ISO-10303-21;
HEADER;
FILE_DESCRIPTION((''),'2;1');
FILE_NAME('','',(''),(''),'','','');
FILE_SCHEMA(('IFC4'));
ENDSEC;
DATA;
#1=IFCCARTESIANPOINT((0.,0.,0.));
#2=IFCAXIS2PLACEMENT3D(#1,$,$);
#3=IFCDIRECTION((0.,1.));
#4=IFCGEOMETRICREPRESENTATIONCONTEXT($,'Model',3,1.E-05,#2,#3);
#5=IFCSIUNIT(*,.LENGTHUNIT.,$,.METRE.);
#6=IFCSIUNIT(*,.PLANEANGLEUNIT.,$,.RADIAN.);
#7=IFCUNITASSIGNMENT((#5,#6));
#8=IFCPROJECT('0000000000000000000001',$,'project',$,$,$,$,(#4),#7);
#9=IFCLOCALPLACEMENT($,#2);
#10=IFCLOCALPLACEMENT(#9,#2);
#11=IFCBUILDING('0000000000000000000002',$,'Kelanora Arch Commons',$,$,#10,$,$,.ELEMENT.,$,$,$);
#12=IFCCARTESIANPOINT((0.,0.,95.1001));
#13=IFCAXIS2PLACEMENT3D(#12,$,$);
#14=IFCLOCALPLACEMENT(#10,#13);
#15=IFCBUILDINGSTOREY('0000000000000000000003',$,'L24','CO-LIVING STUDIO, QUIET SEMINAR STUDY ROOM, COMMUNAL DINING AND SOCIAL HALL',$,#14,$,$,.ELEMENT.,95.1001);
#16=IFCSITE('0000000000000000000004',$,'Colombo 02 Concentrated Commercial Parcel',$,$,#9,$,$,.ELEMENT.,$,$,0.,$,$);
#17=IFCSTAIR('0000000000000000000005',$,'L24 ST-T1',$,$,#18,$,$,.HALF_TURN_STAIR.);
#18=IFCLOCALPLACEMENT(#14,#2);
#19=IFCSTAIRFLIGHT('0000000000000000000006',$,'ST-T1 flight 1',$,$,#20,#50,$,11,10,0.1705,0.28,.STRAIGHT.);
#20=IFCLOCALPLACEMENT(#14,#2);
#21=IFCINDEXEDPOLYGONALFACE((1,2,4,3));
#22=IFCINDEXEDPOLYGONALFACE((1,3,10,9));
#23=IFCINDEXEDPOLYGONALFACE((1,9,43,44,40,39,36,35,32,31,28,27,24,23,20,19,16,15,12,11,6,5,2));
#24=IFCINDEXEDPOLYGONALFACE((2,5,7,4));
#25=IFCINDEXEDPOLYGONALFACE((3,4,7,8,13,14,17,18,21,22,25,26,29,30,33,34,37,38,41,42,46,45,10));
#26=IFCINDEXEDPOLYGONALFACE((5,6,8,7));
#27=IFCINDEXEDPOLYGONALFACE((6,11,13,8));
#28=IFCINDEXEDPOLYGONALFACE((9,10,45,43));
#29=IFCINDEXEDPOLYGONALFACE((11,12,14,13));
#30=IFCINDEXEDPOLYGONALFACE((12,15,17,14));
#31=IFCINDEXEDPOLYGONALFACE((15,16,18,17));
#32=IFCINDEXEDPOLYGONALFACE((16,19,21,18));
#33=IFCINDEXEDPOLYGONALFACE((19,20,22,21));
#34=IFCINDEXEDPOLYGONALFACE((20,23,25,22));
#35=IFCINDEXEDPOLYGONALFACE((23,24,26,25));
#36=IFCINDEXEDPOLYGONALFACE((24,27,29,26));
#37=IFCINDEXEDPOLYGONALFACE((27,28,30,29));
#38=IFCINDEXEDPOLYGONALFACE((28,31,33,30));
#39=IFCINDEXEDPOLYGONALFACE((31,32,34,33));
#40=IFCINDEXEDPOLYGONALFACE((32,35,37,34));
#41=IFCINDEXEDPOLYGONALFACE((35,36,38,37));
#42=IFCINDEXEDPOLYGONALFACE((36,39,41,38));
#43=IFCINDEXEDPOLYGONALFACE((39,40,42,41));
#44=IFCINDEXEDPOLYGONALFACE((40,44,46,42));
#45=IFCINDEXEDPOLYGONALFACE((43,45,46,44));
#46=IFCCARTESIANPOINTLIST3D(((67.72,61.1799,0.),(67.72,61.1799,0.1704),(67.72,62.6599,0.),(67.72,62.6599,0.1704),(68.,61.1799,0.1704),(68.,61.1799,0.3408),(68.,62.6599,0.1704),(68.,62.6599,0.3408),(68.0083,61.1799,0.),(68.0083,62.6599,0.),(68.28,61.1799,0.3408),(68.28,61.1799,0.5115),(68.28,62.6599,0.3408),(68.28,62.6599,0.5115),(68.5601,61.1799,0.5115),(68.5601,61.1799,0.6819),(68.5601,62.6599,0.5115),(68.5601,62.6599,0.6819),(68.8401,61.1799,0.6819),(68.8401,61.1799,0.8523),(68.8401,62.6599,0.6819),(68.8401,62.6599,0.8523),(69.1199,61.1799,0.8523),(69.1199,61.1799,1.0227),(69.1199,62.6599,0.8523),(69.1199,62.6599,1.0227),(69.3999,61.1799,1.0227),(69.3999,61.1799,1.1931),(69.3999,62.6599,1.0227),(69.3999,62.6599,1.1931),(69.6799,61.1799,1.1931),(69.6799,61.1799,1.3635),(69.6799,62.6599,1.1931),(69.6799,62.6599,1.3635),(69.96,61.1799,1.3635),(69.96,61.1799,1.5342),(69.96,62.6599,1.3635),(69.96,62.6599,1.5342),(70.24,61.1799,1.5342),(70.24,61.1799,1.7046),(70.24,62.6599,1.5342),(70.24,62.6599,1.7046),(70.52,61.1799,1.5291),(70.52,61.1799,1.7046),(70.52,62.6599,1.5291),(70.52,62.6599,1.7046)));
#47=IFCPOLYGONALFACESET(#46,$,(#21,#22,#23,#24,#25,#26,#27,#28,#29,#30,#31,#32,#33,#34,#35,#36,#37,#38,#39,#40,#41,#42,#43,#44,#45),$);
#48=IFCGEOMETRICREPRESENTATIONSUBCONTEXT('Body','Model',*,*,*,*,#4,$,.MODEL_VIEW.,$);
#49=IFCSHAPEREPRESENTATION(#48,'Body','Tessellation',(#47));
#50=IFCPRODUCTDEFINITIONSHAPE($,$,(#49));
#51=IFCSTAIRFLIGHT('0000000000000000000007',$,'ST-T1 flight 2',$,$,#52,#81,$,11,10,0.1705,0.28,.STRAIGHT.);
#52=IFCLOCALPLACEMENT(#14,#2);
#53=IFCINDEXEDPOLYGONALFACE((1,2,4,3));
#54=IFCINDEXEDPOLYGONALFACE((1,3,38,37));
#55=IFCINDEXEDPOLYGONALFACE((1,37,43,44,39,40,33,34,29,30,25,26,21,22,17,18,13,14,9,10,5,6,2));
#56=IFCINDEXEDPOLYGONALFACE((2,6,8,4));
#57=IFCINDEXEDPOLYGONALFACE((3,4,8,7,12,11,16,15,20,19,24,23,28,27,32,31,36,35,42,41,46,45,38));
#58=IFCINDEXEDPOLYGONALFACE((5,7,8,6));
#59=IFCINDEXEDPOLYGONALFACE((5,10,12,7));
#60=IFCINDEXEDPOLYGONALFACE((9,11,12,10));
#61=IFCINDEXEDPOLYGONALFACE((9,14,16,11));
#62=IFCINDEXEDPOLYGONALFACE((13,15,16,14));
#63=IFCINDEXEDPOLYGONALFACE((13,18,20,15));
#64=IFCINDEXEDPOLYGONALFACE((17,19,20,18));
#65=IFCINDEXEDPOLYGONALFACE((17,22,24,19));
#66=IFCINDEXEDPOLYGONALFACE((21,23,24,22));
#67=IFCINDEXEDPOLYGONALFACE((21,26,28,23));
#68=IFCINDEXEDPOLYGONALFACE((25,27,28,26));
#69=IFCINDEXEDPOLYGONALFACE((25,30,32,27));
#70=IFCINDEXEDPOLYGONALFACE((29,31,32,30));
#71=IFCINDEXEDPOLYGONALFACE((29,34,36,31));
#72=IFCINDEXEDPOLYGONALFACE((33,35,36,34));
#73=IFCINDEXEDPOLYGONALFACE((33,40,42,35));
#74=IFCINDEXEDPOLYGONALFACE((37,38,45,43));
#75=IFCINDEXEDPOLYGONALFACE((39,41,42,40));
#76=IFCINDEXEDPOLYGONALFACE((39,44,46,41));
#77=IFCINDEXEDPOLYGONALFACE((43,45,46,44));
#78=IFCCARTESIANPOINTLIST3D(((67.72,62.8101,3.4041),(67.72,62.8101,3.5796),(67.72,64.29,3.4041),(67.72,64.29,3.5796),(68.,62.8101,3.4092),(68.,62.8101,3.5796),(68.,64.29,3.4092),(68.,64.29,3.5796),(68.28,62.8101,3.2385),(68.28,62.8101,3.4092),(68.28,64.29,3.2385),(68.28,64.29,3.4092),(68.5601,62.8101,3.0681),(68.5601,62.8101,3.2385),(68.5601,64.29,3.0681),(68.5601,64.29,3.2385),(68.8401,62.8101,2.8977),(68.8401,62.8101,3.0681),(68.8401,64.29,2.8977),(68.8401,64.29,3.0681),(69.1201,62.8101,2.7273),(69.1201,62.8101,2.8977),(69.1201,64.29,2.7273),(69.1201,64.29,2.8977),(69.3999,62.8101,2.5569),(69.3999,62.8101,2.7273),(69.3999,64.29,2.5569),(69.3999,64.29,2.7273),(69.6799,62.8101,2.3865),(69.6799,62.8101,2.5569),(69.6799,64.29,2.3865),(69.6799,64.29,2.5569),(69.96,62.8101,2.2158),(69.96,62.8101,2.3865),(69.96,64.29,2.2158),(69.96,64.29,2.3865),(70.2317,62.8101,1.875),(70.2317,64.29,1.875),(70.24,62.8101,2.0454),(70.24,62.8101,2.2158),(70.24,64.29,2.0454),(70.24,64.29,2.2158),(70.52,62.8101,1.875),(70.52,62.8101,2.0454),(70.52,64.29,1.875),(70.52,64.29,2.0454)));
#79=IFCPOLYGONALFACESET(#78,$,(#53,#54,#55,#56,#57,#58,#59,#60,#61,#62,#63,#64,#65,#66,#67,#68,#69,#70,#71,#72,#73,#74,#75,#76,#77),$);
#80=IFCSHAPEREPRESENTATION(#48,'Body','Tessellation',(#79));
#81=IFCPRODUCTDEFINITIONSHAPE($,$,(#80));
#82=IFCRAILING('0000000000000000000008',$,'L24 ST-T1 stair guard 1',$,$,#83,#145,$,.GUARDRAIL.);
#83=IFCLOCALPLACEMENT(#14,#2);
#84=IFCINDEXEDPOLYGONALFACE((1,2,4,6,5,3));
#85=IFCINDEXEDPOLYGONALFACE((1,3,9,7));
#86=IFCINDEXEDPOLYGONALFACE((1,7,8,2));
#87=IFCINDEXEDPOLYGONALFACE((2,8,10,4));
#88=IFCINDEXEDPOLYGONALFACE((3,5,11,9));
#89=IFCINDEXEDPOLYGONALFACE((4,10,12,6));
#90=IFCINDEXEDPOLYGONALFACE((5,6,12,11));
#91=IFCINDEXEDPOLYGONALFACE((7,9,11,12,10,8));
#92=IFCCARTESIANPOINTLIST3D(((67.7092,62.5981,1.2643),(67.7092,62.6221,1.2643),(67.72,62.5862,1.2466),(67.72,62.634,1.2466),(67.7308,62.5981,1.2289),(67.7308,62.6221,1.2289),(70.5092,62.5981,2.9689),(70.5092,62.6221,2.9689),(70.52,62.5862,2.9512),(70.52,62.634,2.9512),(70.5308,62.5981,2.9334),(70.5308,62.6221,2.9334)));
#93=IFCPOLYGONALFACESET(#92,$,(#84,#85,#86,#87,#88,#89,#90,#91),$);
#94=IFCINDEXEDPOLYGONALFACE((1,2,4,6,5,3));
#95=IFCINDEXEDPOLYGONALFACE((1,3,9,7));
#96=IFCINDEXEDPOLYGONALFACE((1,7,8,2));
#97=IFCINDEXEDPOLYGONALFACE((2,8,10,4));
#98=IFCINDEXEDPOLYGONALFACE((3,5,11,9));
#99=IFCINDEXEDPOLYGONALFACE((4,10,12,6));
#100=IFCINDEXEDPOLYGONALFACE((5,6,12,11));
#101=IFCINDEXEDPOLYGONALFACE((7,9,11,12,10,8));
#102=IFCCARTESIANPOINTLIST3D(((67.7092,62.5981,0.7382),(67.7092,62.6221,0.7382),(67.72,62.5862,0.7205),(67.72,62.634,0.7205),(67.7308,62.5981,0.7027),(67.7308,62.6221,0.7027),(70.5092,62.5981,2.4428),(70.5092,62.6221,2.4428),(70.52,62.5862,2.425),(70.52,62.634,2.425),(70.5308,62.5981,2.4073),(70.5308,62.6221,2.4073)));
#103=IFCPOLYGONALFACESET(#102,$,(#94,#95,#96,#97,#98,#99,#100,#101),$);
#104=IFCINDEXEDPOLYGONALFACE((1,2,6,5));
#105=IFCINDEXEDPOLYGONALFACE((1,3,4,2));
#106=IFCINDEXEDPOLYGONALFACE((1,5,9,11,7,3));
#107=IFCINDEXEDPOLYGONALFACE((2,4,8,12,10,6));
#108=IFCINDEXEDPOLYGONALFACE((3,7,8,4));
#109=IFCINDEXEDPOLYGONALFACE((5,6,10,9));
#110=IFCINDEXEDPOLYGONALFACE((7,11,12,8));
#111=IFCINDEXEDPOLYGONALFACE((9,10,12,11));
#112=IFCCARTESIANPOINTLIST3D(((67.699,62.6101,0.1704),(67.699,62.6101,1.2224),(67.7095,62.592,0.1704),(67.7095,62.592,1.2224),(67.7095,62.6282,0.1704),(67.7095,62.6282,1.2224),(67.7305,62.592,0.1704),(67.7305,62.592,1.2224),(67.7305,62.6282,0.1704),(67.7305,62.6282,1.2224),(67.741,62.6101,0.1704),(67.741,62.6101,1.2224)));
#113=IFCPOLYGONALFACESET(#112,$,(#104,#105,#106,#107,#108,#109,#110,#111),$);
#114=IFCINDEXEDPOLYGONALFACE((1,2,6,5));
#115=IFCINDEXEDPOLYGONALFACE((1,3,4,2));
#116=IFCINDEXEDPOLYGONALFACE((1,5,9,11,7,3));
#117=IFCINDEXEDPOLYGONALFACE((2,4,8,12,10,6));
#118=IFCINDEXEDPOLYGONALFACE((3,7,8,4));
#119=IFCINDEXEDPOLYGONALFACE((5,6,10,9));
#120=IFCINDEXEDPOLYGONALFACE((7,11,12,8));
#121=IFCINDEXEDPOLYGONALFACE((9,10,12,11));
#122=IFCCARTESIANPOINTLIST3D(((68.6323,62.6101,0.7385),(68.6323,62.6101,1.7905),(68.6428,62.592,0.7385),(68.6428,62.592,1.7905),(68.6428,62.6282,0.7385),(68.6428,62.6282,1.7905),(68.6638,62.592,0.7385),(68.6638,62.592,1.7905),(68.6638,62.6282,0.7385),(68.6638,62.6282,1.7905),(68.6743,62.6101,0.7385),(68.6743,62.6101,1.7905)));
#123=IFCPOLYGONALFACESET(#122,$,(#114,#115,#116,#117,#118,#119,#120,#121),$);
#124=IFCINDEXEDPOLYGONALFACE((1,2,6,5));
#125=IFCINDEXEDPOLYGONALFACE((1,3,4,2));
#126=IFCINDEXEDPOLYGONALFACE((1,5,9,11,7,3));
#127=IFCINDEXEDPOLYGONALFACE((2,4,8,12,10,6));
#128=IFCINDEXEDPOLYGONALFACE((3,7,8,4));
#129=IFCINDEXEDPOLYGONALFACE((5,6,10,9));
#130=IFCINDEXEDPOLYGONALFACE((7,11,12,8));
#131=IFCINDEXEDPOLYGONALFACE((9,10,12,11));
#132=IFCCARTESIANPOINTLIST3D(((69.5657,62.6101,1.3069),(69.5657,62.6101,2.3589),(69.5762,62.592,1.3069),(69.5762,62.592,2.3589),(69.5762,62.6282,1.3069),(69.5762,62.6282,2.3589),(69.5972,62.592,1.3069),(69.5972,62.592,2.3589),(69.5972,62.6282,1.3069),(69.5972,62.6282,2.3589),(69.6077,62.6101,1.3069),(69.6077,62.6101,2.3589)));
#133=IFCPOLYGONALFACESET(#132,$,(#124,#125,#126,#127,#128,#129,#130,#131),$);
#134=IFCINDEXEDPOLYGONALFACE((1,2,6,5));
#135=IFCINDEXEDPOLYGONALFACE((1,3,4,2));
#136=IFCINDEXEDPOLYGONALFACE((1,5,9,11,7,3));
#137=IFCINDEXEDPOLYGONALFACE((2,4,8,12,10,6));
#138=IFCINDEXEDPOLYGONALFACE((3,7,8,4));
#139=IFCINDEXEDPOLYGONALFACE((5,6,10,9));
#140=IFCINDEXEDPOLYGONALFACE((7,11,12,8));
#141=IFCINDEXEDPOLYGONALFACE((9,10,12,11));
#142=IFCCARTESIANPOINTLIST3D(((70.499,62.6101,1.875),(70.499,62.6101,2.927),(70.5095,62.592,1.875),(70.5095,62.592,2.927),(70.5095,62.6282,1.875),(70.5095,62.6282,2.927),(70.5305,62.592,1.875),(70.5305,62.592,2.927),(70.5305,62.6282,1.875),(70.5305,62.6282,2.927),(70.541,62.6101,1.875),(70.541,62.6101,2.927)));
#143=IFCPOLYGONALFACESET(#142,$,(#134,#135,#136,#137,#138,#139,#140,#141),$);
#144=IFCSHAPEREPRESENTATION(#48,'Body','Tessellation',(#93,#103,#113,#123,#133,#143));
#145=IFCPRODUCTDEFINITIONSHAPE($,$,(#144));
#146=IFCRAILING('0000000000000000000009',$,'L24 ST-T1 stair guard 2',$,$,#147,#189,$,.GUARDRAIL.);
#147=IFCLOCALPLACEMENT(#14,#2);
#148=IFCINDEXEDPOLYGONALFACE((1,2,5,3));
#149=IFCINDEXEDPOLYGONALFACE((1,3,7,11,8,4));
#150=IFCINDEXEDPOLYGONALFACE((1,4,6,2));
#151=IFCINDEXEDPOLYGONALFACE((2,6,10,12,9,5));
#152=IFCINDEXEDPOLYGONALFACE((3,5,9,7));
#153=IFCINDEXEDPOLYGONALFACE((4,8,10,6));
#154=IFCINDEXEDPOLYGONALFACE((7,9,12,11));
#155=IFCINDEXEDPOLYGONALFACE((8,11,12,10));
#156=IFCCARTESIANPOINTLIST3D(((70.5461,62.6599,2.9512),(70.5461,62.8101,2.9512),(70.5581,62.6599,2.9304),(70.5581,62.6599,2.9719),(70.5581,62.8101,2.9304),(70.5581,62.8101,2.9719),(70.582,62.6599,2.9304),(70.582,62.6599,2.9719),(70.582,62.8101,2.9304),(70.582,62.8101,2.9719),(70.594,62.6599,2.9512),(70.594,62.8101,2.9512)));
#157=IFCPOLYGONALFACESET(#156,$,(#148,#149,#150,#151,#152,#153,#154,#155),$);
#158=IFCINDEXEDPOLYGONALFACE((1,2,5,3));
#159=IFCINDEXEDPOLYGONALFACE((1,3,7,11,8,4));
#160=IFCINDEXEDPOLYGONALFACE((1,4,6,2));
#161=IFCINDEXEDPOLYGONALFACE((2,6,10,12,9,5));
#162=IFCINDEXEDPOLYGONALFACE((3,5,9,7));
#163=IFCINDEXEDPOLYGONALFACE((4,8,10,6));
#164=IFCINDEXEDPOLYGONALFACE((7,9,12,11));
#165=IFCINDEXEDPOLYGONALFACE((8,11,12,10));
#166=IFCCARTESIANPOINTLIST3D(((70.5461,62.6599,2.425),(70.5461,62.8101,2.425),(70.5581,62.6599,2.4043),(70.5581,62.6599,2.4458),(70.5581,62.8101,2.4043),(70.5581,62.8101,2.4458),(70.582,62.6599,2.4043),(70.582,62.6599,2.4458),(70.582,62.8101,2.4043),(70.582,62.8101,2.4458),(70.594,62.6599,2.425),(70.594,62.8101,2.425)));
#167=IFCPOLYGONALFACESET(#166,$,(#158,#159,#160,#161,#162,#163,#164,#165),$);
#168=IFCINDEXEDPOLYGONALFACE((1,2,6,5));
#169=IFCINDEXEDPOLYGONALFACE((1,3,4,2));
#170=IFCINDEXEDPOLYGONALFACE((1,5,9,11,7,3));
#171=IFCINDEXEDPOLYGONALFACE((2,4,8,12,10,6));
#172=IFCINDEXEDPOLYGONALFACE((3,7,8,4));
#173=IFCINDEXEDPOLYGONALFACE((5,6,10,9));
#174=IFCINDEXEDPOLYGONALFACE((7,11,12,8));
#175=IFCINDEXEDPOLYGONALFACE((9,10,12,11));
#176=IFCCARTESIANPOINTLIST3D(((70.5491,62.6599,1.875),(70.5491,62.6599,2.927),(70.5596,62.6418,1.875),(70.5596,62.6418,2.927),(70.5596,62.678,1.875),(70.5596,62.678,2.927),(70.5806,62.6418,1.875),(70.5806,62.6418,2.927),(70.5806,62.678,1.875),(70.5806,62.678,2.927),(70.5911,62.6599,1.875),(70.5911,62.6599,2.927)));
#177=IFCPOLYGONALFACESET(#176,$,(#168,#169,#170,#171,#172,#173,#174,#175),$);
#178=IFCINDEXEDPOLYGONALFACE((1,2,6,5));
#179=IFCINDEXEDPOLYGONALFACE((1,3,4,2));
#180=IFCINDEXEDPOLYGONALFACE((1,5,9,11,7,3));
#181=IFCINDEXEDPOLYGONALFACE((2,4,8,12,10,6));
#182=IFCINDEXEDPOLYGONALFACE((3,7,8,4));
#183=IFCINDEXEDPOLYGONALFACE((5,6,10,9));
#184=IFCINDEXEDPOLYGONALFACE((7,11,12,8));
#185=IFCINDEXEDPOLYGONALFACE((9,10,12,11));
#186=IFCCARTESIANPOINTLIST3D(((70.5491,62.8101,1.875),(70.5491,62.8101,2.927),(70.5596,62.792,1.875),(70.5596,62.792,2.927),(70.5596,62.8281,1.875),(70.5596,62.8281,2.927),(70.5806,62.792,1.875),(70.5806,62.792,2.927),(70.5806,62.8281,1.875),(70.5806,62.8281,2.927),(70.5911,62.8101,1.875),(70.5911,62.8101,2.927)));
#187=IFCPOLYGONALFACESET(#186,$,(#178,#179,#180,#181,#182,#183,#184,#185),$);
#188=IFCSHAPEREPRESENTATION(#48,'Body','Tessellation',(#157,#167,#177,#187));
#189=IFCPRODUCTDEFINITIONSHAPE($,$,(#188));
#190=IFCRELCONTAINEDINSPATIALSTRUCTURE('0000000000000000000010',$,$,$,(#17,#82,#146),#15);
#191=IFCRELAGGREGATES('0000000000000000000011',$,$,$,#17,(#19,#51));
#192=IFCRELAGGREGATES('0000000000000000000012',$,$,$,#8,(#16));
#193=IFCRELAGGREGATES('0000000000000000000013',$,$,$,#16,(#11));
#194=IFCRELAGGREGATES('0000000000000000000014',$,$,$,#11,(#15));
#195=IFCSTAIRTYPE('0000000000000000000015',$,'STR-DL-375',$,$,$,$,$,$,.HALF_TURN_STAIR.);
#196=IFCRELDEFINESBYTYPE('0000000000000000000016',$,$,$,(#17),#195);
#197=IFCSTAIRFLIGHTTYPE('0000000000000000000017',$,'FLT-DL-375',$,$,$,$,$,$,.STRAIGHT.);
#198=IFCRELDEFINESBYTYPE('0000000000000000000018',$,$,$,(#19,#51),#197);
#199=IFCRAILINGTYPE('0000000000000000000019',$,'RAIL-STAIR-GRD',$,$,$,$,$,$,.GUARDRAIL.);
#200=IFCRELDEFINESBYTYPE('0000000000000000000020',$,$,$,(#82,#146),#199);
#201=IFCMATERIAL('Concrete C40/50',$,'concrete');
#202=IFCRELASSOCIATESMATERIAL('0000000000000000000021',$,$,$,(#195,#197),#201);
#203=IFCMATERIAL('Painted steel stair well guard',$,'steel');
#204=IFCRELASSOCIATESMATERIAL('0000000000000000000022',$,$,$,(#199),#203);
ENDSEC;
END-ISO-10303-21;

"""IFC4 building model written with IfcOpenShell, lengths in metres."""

from ifc_helpers import new_model, si_unit, direction, frame, origin, place, context, subcontext, project, spatial, polyline, outline, extrude, material, type_object, element, aggregate, save


model = new_model("IFC4")

# Units and contexts
model_context = context("Model", 3, precision=1e-05, world=origin(), true_north=direction((0.0, 1.0)))
body_context = subcontext(model_context, "Body", "Model", "MODEL_VIEW")
ifc_project = project(units=[si_unit("LENGTHUNIT", "METRE"), si_unit("PLANEANGLEUNIT", "RADIAN")], contexts=[model_context])

# Site, building, storey
site_placement = place(None, origin())
site = spatial("IfcSite", under=ifc_project, at=site_placement, Name="Colombo 02 Concentrated Commercial Parcel", CompositionType="ELEMENT", RefElevation=0.0)
building_placement = place(site_placement, origin())
building = spatial("IfcBuilding", under=site, at=building_placement, Name="Kelanora Arch Commons", CompositionType="ELEMENT")
storey_placement = place(building_placement, frame((0.0, 0.0, 95.1001)))
storey = spatial("IfcBuildingStorey", under=building, at=storey_placement, Name="L24", Description="CO-LIVING STUDIO, QUIET SEMINAR STUDY ROOM, COMMUNAL DINING AND SOCIAL HALL", CompositionType="ELEMENT", Elevation=95.1001)

# Shared definitions
ifc_material_1 = material(Name="Concrete C40/50", Category="concrete")

# Stair, stair flights
stair_type = type_object("IfcStairType", Name="STR-DL-375", PredefinedType="HALF_TURN_STAIR", material=ifc_material_1)
stair_placement = place(storey_placement, origin())
stair = element("IfcStair", 1, at=stair_placement, inside=storey, type_object=stair_type, Name="L24 ST-T1", PredefinedType="HALF_TURN_STAIR")
stair_flight_type = type_object("IfcStairFlightType", Name="FLT-DL-375", PredefinedType="STRAIGHT", material=ifc_material_1)
stair_flight_1_placement = place(storey_placement, frame((67.72, 61.9199, 0.0), z_axis=(0.0, 0.0, 1.0), x_axis=(1.0, 0.0, 0.0)))
stair_flight_1 = element("IfcStairFlight", 2, at=stair_flight_1_placement, type_object=stair_flight_type, Name="ST-T1 flight 1", NumberOfRisers=11, NumberOfTreads=10, PredefinedType="STRAIGHT", RiserHeight=0.1705, TreadLength=0.28, context=body_context, shape_type="SweptSolid", body=[
    extrude(outline(polyline([(0.0, 0.0), (0.0, 0.1704), (0.28, 0.1704), (0.28, 0.3408), (0.5601, 0.3408), (0.5601, 0.5115), (0.8401, 0.5115), (0.8401, 0.6819), (1.1201, 0.6819), (1.1201, 0.8523), (1.3999, 0.8523), (1.3999, 1.0227), (1.6799, 1.0227), (1.6799, 1.1931), (1.96, 1.1931), (1.96, 1.3635), (2.24, 1.3635), (2.24, 1.5342), (2.52, 1.5342), (2.52, 1.7046), (2.8, 1.7046), (2.8, 1.875), (2.8, 1.5291), (0.2883, 0.0), (0.0, 0.0)])), frame((0.0, 0.74, 0.0), z_axis=(0.0, -1.0, 0.0), x_axis=(1.0, 0.0, 0.0)), (0.0, 0.0, 1.0), 1.48),
])
stair_flight_2_placement = place(storey_placement, frame((70.52, 63.55, 1.875), z_axis=(0.0, 0.0, 1.0), x_axis=(-1.0, 0.0, 0.0)))
stair_flight_2 = element("IfcStairFlight", 3, at=stair_flight_2_placement, type_object=stair_flight_type, Name="ST-T1 flight 2", NumberOfRisers=11, NumberOfTreads=10, PredefinedType="STRAIGHT", RiserHeight=0.1705, TreadLength=0.28, context=body_context, shape_type="SweptSolid", body=[
    extrude(outline(polyline([(0.0, 0.0), (0.0, 0.1704), (0.28, 0.1704), (0.28, 0.3408), (0.5601, 0.3408), (0.5601, 0.5115), (0.8401, 0.5115), (0.8401, 0.6819), (1.1201, 0.6819), (1.1201, 0.8523), (1.3999, 0.8523), (1.3999, 1.0227), (1.6799, 1.0227), (1.6799, 1.1931), (1.96, 1.1931), (1.96, 1.3635), (2.24, 1.3635), (2.24, 1.5342), (2.52, 1.5342), (2.52, 1.7046), (2.8, 1.7046), (2.8, 1.875), (2.8, 1.5291), (0.2883, 0.0), (0.0, 0.0)])), frame((0.0, 0.74, 0.0), z_axis=(0.0, -1.0, 0.0), x_axis=(1.0, 0.0, 0.0)), (0.0, 0.0, 1.0), 1.48),
])
aggregate(stair, [stair_flight_1, stair_flight_2])

# Railings
ifc_material_2 = material(Name="Painted steel stair well guard", Category="steel")
railing_type_1 = type_object("IfcRailingType", Name="RAIL-STAIR-GRD", PredefinedType="GUARDRAIL", material=ifc_material_2)
railing_1_placement = place(storey_placement, frame((67.72, 62.6101, 0.1704)))
element("IfcRailing", 4, at=railing_1_placement, inside=storey, type_object=railing_type_1, Name="L24 ST-T1 stair guard 1", PredefinedType="GUARDRAIL", context=body_context, shape_type="SweptSolid", body=[
    extrude(outline(polyline([(0.0239, 0.0), (0.012, 0.0208), (-0.012, 0.0208), (-0.0239, 0.0), (-0.012, -0.0208), (0.012, -0.0208), (0.0239, 0.0)])), frame((0.0, 0.0, 1.0762), z_axis=(0.85417, 0.0, 0.519994), x_axis=(0.0, 1.0, 0.0)), (0.0, 0.0, 1.0), 3.2781),
    extrude(outline(polyline([(0.0239, 0.0), (0.012, 0.0208), (-0.012, 0.0208), (-0.0239, 0.0), (-0.012, -0.0208), (0.012, -0.0208), (0.0239, 0.0)])), frame((0.0, 0.0, 0.55), z_axis=(0.85417, 0.0, 0.519994), x_axis=(0.0, 1.0, 0.0)), (0.0, 0.0, 1.0), 3.2781),
    extrude(outline(polyline([(0.021, 0.0), (0.0105, 0.0181), (-0.0105, 0.0181), (-0.021, 0.0), (-0.0105, -0.0181), (0.0105, -0.0181), (0.021, 0.0)])), origin(), (0.0, 0.0, 1.0), 1.052),
    extrude(outline(polyline([(0.021, 0.0), (0.0105, 0.0181), (-0.0105, 0.0181), (-0.021, 0.0), (-0.0105, -0.0181), (0.0105, -0.0181), (0.021, 0.0)])), frame((0.9333, 0.0, 0.5681)), (0.0, 0.0, 1.0), 1.052),
    extrude(outline(polyline([(0.021, 0.0), (0.0105, 0.0181), (-0.0105, 0.0181), (-0.021, 0.0), (-0.0105, -0.0181), (0.0105, -0.0181), (0.021, 0.0)])), frame((1.8667, 0.0, 1.1365)), (0.0, 0.0, 1.0), 1.052),
    extrude(outline(polyline([(0.021, 0.0), (0.0105, 0.0181), (-0.0105, 0.0181), (-0.021, 0.0), (-0.0105, -0.0181), (0.0105, -0.0181), (0.021, 0.0)])), frame((2.8, 0.0, 1.7046)), (0.0, 0.0, 1.0), 1.052),
])
railing_2_placement = place(storey_placement, frame((70.5701, 62.6599, 1.875)))
element("IfcRailing", 5, at=railing_2_placement, inside=storey, type_object=railing_type_1, Name="L24 ST-T1 stair guard 2", PredefinedType="GUARDRAIL", context=body_context, shape_type="SweptSolid", body=[
    extrude(outline(polyline([(0.0239, 0.0), (0.012, 0.0208), (-0.012, 0.0208), (-0.0239, 0.0), (-0.012, -0.0208), (0.012, -0.0208), (0.0239, 0.0)])), frame((0.0, 0.0, 1.0762), z_axis=(0.0, 1.0, 0.0), x_axis=(-1.0, 0.0, 0.0)), (0.0, 0.0, 1.0), 0.1501),
    extrude(outline(polyline([(0.0239, 0.0), (0.012, 0.0208), (-0.012, 0.0208), (-0.0239, 0.0), (-0.012, -0.0208), (0.012, -0.0208), (0.0239, 0.0)])), frame((0.0, 0.0, 0.55), z_axis=(0.0, 1.0, 0.0), x_axis=(-1.0, 0.0, 0.0)), (0.0, 0.0, 1.0), 0.1501),
    extrude(outline(polyline([(0.021, 0.0), (0.0105, 0.0181), (-0.0105, 0.0181), (-0.021, 0.0), (-0.0105, -0.0181), (0.0105, -0.0181), (0.021, 0.0)])), origin(), (0.0, 0.0, 1.0), 1.052),
    extrude(outline(polyline([(0.021, 0.0), (0.0105, 0.0181), (-0.0105, 0.0181), (-0.021, 0.0), (-0.0105, -0.0181), (0.0105, -0.0181), (0.021, 0.0)])), frame((0.0, 0.1501, 0.0)), (0.0, 0.0, 1.0), 1.052),
])

save(model, "model.ifc")
